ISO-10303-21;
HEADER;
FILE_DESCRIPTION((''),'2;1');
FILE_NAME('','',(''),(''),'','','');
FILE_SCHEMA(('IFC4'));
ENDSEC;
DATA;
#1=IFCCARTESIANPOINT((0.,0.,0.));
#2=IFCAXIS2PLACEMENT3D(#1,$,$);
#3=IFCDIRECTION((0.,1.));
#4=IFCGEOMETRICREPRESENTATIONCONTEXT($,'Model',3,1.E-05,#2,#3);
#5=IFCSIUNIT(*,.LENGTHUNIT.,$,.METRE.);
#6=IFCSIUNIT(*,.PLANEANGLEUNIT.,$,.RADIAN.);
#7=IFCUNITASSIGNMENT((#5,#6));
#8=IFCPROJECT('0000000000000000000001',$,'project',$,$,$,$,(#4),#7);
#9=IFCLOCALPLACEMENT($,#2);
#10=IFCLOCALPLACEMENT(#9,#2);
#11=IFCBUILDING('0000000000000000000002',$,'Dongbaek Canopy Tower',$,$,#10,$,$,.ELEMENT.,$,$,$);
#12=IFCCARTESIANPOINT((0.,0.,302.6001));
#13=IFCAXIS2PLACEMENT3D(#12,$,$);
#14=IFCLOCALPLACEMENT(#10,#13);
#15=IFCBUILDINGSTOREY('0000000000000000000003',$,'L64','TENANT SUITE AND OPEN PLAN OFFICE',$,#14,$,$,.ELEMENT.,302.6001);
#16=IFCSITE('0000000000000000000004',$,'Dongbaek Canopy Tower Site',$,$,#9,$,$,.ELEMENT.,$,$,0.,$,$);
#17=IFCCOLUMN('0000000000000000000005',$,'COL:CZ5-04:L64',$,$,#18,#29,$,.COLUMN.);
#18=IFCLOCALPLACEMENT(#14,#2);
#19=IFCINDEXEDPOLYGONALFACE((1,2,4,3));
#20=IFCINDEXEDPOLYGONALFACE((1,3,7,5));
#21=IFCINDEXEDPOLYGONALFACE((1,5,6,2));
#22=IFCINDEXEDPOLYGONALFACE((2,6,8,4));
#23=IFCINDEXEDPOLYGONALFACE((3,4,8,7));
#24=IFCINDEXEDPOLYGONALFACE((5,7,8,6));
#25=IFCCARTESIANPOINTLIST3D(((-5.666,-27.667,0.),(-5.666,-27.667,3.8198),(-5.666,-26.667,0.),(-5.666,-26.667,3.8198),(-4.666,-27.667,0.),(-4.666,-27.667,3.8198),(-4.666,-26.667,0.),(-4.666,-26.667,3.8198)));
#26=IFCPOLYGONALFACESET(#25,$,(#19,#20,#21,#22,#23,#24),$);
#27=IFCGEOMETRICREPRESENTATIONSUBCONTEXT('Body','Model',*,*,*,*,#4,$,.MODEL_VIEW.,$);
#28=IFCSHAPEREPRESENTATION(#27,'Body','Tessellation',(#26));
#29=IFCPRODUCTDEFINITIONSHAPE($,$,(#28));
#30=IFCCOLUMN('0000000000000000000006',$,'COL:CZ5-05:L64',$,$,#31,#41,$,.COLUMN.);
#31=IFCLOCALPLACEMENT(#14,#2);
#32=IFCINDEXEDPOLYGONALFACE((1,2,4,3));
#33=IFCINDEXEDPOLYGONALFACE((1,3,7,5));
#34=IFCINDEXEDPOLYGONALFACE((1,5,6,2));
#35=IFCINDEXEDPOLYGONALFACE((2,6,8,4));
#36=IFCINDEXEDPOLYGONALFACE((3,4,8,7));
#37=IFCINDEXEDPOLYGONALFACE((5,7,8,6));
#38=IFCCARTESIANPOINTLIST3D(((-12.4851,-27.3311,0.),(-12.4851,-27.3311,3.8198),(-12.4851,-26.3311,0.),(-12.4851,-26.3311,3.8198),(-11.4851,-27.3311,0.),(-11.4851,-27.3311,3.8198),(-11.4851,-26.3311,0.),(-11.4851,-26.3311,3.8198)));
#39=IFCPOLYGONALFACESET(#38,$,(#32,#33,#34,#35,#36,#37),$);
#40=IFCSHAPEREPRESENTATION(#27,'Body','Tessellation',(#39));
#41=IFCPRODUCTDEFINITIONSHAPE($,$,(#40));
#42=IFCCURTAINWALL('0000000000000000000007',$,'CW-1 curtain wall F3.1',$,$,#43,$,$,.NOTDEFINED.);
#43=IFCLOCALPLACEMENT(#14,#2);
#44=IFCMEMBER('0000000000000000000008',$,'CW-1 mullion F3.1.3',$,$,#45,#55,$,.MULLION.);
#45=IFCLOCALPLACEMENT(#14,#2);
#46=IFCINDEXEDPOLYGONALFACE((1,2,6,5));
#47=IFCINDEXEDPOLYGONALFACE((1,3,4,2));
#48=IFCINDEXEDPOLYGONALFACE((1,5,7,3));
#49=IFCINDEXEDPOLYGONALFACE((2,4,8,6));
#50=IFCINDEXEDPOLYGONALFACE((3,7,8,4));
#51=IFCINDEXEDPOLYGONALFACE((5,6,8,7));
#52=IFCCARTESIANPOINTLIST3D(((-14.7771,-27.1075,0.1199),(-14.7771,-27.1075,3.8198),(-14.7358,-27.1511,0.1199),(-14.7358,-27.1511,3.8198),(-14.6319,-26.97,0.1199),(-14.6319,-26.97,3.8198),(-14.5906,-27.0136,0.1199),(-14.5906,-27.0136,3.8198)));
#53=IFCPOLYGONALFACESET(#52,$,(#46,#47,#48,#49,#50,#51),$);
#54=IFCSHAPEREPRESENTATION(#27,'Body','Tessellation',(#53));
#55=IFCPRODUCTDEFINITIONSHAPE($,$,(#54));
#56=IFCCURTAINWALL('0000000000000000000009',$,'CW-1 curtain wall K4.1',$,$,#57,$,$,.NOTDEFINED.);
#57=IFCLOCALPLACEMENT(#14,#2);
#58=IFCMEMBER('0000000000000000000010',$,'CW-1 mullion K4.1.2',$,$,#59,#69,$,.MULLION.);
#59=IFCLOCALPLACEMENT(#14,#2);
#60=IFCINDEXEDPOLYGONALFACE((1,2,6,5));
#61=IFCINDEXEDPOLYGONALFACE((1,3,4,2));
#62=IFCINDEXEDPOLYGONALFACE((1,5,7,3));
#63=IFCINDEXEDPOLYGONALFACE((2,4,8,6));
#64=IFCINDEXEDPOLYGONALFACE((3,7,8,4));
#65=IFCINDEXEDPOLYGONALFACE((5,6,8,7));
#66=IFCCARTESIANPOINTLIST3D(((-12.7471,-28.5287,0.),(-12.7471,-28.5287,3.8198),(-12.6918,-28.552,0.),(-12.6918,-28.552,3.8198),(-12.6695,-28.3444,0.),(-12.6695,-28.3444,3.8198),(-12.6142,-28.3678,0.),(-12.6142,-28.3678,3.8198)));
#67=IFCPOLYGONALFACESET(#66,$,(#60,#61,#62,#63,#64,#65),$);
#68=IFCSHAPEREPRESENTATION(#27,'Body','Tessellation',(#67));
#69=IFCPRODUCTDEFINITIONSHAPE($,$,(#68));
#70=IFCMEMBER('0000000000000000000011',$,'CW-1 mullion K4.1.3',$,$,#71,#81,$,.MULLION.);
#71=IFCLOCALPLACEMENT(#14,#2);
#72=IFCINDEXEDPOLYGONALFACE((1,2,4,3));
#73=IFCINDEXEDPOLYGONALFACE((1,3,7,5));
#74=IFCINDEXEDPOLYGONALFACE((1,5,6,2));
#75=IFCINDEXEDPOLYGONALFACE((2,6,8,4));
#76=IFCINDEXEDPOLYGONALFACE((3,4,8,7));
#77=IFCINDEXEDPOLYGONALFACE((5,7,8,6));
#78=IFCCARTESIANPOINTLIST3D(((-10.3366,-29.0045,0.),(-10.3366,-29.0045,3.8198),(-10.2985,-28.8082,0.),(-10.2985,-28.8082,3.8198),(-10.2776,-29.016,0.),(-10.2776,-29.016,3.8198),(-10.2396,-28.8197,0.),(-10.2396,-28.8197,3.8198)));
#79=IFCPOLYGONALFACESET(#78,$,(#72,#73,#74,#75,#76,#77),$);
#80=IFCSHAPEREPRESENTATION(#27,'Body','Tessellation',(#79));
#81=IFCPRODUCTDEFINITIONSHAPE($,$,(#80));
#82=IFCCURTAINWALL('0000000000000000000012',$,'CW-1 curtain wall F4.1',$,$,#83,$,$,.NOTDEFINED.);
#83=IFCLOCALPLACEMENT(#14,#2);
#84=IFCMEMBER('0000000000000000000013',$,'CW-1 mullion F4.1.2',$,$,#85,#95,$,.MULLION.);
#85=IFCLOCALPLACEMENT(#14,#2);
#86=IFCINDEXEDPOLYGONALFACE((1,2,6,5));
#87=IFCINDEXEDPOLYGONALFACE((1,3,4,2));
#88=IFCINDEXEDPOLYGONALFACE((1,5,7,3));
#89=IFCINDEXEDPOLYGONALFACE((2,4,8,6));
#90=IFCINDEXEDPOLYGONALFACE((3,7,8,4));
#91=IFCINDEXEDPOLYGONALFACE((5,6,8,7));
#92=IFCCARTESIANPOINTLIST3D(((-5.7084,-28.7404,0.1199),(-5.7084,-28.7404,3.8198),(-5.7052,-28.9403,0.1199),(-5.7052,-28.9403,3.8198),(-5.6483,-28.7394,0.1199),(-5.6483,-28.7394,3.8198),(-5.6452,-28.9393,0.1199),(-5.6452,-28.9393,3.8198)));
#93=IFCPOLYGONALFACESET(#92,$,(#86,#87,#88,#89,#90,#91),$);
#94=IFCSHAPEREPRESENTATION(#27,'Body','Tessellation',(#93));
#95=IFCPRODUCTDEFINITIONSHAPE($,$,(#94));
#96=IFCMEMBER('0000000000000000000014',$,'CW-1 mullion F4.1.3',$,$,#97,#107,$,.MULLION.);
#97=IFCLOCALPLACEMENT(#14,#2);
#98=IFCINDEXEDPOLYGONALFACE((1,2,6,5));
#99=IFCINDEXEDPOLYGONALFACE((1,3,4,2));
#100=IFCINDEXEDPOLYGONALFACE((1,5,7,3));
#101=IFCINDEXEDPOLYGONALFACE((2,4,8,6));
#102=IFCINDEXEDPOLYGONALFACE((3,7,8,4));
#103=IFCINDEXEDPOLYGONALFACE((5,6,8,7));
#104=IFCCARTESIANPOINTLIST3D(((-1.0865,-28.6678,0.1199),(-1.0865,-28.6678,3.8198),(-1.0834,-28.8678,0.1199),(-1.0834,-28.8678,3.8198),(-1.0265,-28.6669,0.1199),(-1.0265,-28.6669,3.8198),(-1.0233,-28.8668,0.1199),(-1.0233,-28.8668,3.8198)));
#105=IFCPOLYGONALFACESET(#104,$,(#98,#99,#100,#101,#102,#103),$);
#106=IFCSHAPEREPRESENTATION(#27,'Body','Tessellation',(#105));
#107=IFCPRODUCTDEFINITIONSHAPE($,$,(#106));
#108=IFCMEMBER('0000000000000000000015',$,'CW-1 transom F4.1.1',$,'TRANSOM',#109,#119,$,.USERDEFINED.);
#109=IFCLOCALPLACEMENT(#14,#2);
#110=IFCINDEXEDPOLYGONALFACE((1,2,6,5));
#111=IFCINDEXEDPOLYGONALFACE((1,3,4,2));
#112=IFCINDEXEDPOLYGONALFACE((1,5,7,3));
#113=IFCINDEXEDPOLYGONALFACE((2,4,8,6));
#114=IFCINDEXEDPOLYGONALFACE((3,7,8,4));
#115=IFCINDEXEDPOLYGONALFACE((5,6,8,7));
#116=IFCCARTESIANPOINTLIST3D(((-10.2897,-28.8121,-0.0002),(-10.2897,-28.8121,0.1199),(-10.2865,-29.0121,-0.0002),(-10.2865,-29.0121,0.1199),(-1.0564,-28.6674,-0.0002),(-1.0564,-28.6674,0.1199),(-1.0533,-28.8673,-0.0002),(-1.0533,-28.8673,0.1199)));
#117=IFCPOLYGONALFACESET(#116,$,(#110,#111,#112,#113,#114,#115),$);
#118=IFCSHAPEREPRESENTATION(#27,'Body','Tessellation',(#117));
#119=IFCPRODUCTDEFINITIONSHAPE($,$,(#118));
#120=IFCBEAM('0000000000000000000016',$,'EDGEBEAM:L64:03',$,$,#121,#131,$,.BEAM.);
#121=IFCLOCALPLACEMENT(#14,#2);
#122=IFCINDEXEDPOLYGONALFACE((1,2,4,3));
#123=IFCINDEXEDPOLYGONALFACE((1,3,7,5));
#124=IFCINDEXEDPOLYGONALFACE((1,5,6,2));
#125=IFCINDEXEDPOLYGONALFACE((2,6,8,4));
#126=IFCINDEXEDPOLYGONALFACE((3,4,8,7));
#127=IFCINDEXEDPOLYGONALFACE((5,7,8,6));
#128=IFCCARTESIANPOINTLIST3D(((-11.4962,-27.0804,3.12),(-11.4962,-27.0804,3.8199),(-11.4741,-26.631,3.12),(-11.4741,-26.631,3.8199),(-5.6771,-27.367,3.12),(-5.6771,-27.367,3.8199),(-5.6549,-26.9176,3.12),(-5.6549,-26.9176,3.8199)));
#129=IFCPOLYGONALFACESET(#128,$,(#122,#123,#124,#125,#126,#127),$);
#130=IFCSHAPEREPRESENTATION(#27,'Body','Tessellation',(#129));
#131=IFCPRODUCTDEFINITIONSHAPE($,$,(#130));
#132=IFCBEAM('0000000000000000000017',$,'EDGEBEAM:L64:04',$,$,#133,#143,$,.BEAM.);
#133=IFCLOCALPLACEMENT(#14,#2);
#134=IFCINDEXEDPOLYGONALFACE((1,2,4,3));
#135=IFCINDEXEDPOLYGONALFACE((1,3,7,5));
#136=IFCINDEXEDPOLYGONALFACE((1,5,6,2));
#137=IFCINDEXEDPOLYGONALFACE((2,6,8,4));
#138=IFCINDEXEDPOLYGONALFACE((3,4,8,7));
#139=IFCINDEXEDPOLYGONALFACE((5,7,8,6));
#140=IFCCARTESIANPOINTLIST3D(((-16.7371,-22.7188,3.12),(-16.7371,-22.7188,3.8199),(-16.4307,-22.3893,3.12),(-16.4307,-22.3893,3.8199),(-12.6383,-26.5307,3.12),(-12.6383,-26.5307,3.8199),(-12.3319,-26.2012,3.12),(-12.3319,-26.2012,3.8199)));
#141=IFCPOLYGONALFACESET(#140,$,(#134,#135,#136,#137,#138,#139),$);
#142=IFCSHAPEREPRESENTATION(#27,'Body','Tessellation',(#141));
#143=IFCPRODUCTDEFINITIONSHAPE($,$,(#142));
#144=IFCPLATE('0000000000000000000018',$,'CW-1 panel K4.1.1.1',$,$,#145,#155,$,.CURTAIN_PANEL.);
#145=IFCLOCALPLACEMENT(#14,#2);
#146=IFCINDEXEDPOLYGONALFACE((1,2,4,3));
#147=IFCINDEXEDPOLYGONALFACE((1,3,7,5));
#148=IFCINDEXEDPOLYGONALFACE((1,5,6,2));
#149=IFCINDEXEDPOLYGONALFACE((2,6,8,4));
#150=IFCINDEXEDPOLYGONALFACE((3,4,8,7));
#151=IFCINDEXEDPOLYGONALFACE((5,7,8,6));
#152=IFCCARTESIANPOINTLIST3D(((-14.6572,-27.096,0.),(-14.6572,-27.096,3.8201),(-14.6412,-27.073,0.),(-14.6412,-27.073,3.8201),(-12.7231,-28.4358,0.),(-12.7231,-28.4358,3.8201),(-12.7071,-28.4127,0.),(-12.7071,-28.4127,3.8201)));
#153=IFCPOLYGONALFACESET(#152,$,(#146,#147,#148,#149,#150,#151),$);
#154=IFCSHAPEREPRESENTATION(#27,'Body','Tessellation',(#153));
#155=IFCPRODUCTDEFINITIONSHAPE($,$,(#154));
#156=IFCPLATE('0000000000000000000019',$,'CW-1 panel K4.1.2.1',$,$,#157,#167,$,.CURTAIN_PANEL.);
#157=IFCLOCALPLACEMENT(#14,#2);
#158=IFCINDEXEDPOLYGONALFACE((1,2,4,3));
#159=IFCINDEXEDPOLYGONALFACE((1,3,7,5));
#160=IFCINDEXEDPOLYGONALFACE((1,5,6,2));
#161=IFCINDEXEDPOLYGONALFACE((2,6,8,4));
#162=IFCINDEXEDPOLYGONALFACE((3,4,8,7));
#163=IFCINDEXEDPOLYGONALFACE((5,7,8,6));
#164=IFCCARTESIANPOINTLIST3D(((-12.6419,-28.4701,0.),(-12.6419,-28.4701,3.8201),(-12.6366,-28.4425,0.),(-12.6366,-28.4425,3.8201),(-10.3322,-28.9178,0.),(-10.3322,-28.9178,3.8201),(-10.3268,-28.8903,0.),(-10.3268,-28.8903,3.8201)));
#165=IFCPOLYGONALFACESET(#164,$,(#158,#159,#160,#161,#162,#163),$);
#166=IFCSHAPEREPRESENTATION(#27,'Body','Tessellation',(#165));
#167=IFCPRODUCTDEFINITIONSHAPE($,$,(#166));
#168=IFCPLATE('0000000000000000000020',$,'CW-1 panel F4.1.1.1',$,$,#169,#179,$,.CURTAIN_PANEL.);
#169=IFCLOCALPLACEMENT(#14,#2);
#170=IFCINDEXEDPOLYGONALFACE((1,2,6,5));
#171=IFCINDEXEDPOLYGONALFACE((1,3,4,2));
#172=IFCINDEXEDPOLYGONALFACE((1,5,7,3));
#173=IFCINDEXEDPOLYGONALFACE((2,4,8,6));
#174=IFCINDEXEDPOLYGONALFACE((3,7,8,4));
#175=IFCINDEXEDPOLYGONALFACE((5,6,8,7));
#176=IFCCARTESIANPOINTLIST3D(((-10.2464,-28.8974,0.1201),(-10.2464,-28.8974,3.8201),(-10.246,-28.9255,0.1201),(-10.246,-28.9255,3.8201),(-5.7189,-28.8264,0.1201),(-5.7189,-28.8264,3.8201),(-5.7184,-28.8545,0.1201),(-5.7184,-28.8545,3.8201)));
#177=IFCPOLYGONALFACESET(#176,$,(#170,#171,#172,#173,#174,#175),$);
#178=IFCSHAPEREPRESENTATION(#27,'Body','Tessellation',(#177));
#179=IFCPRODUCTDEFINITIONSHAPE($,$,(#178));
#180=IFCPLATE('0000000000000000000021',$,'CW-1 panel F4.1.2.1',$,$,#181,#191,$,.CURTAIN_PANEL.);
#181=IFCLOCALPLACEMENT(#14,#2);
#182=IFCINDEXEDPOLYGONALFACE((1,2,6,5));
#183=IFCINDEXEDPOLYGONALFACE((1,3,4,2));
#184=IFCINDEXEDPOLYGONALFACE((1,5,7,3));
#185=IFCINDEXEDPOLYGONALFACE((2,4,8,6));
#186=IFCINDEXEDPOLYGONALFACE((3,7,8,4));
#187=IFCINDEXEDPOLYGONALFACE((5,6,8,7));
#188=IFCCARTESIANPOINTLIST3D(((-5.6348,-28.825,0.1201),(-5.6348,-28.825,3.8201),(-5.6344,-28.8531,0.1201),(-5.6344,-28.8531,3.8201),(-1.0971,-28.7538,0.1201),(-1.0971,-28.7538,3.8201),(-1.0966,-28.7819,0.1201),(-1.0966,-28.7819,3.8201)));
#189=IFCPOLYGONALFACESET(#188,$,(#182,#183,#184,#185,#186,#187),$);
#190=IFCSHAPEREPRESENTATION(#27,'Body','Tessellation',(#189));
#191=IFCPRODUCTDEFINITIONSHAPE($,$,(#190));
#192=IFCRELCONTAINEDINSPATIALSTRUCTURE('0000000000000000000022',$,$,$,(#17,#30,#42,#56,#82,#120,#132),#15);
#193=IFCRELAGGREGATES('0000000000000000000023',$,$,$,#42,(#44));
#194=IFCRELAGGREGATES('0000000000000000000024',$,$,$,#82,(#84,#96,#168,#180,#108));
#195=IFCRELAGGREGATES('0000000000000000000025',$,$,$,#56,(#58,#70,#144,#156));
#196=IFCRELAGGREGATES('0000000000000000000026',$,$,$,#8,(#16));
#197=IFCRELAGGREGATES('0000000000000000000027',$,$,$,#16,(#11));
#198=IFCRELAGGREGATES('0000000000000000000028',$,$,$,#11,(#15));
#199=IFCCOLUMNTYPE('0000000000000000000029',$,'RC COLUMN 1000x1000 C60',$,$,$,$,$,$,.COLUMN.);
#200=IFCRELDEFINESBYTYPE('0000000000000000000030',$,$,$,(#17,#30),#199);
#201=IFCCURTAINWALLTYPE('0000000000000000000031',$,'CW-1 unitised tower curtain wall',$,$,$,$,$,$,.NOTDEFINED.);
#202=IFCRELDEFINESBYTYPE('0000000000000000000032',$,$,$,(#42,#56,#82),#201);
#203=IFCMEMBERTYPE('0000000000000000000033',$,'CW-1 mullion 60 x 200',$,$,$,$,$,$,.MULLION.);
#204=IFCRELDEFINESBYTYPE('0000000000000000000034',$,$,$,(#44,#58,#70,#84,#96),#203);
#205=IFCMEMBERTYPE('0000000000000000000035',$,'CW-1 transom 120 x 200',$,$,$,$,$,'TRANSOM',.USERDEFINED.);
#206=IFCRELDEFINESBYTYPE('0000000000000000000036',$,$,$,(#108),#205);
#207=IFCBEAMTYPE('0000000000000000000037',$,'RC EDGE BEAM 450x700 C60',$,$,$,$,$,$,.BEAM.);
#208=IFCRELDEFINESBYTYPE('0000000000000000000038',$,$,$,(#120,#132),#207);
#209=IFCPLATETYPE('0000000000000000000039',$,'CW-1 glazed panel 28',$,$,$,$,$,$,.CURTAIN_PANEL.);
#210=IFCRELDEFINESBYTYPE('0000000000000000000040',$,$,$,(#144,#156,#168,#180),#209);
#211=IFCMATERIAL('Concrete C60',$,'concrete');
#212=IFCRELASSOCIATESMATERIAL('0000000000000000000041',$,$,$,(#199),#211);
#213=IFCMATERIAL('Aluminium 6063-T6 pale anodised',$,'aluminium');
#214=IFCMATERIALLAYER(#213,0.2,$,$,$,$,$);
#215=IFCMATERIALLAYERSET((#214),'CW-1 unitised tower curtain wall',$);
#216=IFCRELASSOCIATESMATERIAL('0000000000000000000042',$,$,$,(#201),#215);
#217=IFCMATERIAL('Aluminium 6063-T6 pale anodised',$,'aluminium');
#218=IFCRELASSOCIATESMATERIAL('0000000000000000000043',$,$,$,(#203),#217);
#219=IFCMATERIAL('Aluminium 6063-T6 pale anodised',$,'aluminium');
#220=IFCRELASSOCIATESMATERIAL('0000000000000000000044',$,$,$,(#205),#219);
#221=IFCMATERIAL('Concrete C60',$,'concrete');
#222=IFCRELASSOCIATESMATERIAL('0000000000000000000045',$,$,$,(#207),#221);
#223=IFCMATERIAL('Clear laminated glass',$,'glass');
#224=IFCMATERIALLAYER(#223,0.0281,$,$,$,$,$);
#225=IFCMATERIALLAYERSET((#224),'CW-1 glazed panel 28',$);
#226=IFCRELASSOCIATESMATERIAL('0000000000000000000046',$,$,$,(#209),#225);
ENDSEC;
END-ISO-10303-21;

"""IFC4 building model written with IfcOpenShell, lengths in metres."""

from ifc_helpers import new_model, si_unit, direction, frame, origin, origin_2d, place, context, subcontext, project, spatial, rectangle, extrude, material, layer, layer_set, material_profile, profile_set, type_object, element, aggregate, save


model = new_model("IFC4")

# Units and contexts
model_context = context("Model", 3, precision=1e-05, world=origin(), true_north=direction((0.0, 1.0)))
body_context = subcontext(model_context, "Body", "Model", "MODEL_VIEW")
ifc_project = project(units=[si_unit("LENGTHUNIT", "METRE"), si_unit("PLANEANGLEUNIT", "RADIAN")], contexts=[model_context])

# Site, building, storey
site_placement = place(None, origin())
site = spatial("IfcSite", under=ifc_project, at=site_placement, Name="Dongbaek Canopy Tower Site", CompositionType="ELEMENT", RefElevation=0.0)
building_placement = place(site_placement, origin())
building = spatial("IfcBuilding", under=site, at=building_placement, Name="Dongbaek Canopy Tower", CompositionType="ELEMENT")
storey_placement = place(building_placement, frame((0.0, 0.0, 302.6001)))
storey = spatial("IfcBuildingStorey", under=building, at=storey_placement, Name="L64", Description="TENANT SUITE AND OPEN PLAN OFFICE", CompositionType="ELEMENT", Elevation=302.6001)

# Columns
ifc_material_1 = material(Name="Concrete C60", Category="concrete")
ifc_material_profile_1 = material_profile(ifc_material_1, rectangle(XDim=1.0, YDim=1.0, at=origin_2d()), Name="RC COLUMN 1000x1000 C60")
ifc_profile_set_1 = profile_set([ifc_material_profile_1], Name="Concrete C60")
column_type = type_object("IfcColumnType", Name="RC COLUMN 1000x1000 C60", PredefinedType="COLUMN", material=ifc_profile_set_1)
for number, where, z_axis, x_axis, name in (
    (1, (-5.166, -27.167, 0.0), (0.0, 0.0, 1.0), (1.0, 0.0, 0.0), "COL:CZ5-04:L64"),
    (2, (-11.9851, -26.8311, 0.0), (0.0, 0.0, 1.0), (1.0, 0.0, 0.0), "COL:CZ5-05:L64"),
):
    element("IfcColumn", number, at=place(storey_placement, frame(where, z_axis=z_axis, x_axis=x_axis)), inside=storey, type_object=column_type, Name=name, PredefinedType="COLUMN", context=body_context, shape_type="SweptSolid", body=[
        extrude(rectangle(XDim=1.0, YDim=1.0, at=origin_2d()), origin(), (0.0, 0.0, 1.0), 3.8198),
    ])

# Curtain wall, member
ifc_material_2 = material(Name="Aluminium 6063-T6 pale anodised", Category="aluminium")
ifc_layer_1 = layer(ifc_material_2, 0.2)
ifc_layer_set_1 = layer_set([ifc_layer_1], Name="CW-1 unitised tower curtain wall")
curtain_wall_type = type_object("IfcCurtainWallType", Name="CW-1 unitised tower curtain wall", PredefinedType="NOTDEFINED", material=ifc_layer_set_1)
curtain_wall_1_placement = place(storey_placement, origin())
curtain_wall_1 = element("IfcCurtainWall", 3, at=curtain_wall_1_placement, inside=storey, type_object=curtain_wall_type, Name="CW-1 curtain wall F3.1", PredefinedType="NOTDEFINED")
ifc_material_3 = material(Name="Aluminium 6063-T6 pale anodised", Category="aluminium")
ifc_material_profile_2 = material_profile(ifc_material_3, rectangle(XDim=0.2, YDim=0.0601, at=origin_2d()), Name="CW-1 mullion 60 x 200")
ifc_profile_set_2 = profile_set([ifc_material_profile_2], Name="Aluminium 6063-T6 pale anodised")
member_type_1 = type_object("IfcMemberType", Name="CW-1 mullion 60 x 200", PredefinedType="MULLION", material=ifc_profile_set_2)
member_1_placement = place(storey_placement, frame((-14.6838, -27.0605, 0.1199), z_axis=(0.0, 0.0, 1.0), x_axis=(-0.726355, -0.68732, 0.0)))
member_1 = element("IfcMember", 4, at=member_1_placement, type_object=member_type_1, Name="CW-1 mullion F3.1.3", PredefinedType="MULLION", context=body_context, shape_type="SweptSolid", body=[
    extrude(rectangle(XDim=0.2, YDim=0.0601, at=origin_2d()), origin(), (0.0, 0.0, 1.0), 3.7),
])
aggregate(curtain_wall_1, [member_1])

# Curtain walls, members
curtain_wall_2_placement = place(storey_placement, origin())
curtain_wall_2 = element("IfcCurtainWall", 5, at=curtain_wall_2_placement, inside=storey, type_object=curtain_wall_type, Name="CW-1 curtain wall K4.1", PredefinedType="NOTDEFINED")
member_2_placement = place(storey_placement, frame((-12.6807, -28.4482, 0.0), z_axis=(0.0, 0.0, 1.0), x_axis=(-0.388183, -0.921582, 0.0)))
member_2 = element("IfcMember", 6, at=member_2_placement, type_object=member_type_1, Name="CW-1 mullion K4.1.2", PredefinedType="MULLION", context=body_context, shape_type="SweptSolid", body=[
    extrude(rectangle(XDim=0.2, YDim=0.0601, at=origin_2d()), origin(), (0.0, 0.0, 1.0), 3.8198),
])
member_3_placement = place(storey_placement, frame((-10.2881, -28.9121, 0.0), z_axis=(0.0, 0.0, 1.0), x_axis=(-0.190319, -0.981722, 0.0)))
member_3 = element("IfcMember", 7, at=member_3_placement, type_object=member_type_1, Name="CW-1 mullion K4.1.3", PredefinedType="MULLION", context=body_context, shape_type="SweptSolid", body=[
    extrude(rectangle(XDim=0.2, YDim=0.0601, at=origin_2d()), origin(), (0.0, 0.0, 1.0), 3.8198),
])
curtain_wall_3_placement = place(storey_placement, origin())
curtain_wall_3 = element("IfcCurtainWall", 8, at=curtain_wall_3_placement, inside=storey, type_object=curtain_wall_type, Name="CW-1 curtain wall F4.1", PredefinedType="NOTDEFINED")
member_4_placement = place(storey_placement, frame((-5.6768, -28.8398, 0.1199), z_axis=(0.0, 0.0, 1.0), x_axis=(0.015684, -0.999877, 0.0)))
member_4 = element("IfcMember", 9, at=member_4_placement, type_object=member_type_1, Name="CW-1 mullion F4.1.2", PredefinedType="MULLION", context=body_context, shape_type="SweptSolid", body=[
    extrude(rectangle(XDim=0.2, YDim=0.0601, at=origin_2d()), origin(), (0.0, 0.0, 1.0), 3.7),
])
member_5_placement = place(storey_placement, frame((-1.0549, -28.7673, 0.1199), z_axis=(0.0, 0.0, 1.0), x_axis=(0.015684, -0.999877, 0.0)))
member_5 = element("IfcMember", 10, at=member_5_placement, type_object=member_type_1, Name="CW-1 mullion F4.1.3", PredefinedType="MULLION", context=body_context, shape_type="SweptSolid", body=[
    extrude(rectangle(XDim=0.2, YDim=0.0601, at=origin_2d()), origin(), (0.0, 0.0, 1.0), 3.7),
])
ifc_material_4 = material(Name="Aluminium 6063-T6 pale anodised", Category="aluminium")
ifc_material_profile_3 = material_profile(ifc_material_4, rectangle(XDim=0.2, YDim=0.1201, at=origin_2d()), Name="CW-1 transom 120 x 200")
ifc_profile_set_3 = profile_set([ifc_material_profile_3], Name="Aluminium 6063-T6 pale anodised")
member_type_2 = type_object("IfcMemberType", Name="CW-1 transom 120 x 200", ElementType="TRANSOM", PredefinedType="USERDEFINED", material=ifc_profile_set_3)
member_6_placement = place(storey_placement, frame((-10.2881, -28.9121, 0.0598), z_axis=(0.999877, 0.015678, 0.0), x_axis=(-0.015678, 0.999877, 0.0)))
member_6 = element("IfcMember", 11, at=member_6_placement, type_object=member_type_2, Name="CW-1 transom F4.1.1", ObjectType="TRANSOM", PredefinedType="USERDEFINED", context=body_context, shape_type="SweptSolid", body=[
    extrude(rectangle(XDim=0.2, YDim=0.1201, at=origin_2d()), origin(), (0.0, 0.0, 1.0), 9.2344),
])

# Beams
ifc_material_5 = material(Name="Concrete C60", Category="concrete")
ifc_material_profile_4 = material_profile(ifc_material_5, rectangle(XDim=0.45, YDim=0.7, at=origin_2d()), Name="RC EDGE BEAM 450x700 C60")
ifc_profile_set_4 = profile_set([ifc_material_profile_4], Name="Concrete C60")
beam_type = type_object("IfcBeamType", Name="RC EDGE BEAM 450x700 C60", PredefinedType="BEAM", material=ifc_profile_set_4)
beam_1_placement = place(storey_placement, frame((-5.666, -27.1423, 3.47), z_axis=(-0.998789, 0.049196, 0.0), x_axis=(-0.049196, -0.998789, 0.0)))
element("IfcBeam", 12, at=beam_1_placement, inside=storey, type_object=beam_type, Name="EDGEBEAM:L64:03", PredefinedType="BEAM", context=body_context, shape_type="SweptSolid", body=[
    extrude(rectangle(XDim=0.45, YDim=0.7, at=origin_2d()), origin(), (0.0, 0.0, 1.0), 5.8262),
])
beam_2_placement = place(storey_placement, frame((-12.4851, -26.366, 3.47), z_axis=(-0.732267, 0.681018, 0.0), x_axis=(-0.681018, -0.732267, 0.0)))
element("IfcBeam", 13, at=beam_2_placement, inside=storey, type_object=beam_type, Name="EDGEBEAM:L64:04", PredefinedType="BEAM", context=body_context, shape_type="SweptSolid", body=[
    extrude(rectangle(XDim=0.45, YDim=0.7, at=origin_2d()), origin(), (0.0, 0.0, 1.0), 5.5974),
])

# Plates
ifc_material_6 = material(Name="Clear laminated glass", Category="glass")
ifc_layer_2 = layer(ifc_material_6, 0.0281)
ifc_layer_set_2 = layer_set([ifc_layer_2], Name="CW-1 glazed panel 28")
plate_type = type_object("IfcPlateType", Name="CW-1 glazed panel 28", PredefinedType="CURTAIN_PANEL", material=ifc_layer_set_2)
plate_1_placement = place(storey_placement, frame((-13.6821, -27.7544, 0.0), z_axis=(0.0, 0.0, 1.0), x_axis=(0.822029, -0.569446, 0.0)))
plate_1 = element("IfcPlate", 14, at=plate_1_placement, type_object=plate_type, Name="CW-1 panel K4.1.1.1", PredefinedType="CURTAIN_PANEL", context=body_context, shape_type="SweptSolid", body=[
    extrude(rectangle(XDim=2.3528, YDim=0.0281, at=origin_2d()), origin(), (0.0, 0.0, 1.0), 3.8201),
])
plate_2_placement = place(storey_placement, frame((-11.4844, -28.6802, 0.0), z_axis=(0.0, 0.0, 1.0), x_axis=(0.981722, -0.190319, 0.0)))
plate_2 = element("IfcPlate", 15, at=plate_2_placement, type_object=plate_type, Name="CW-1 panel K4.1.2.1", PredefinedType="CURTAIN_PANEL", context=body_context, shape_type="SweptSolid", body=[
    extrude(rectangle(XDim=2.3528, YDim=0.0281, at=origin_2d()), origin(), (0.0, 0.0, 1.0), 3.8201),
])
plate_3_placement = place(storey_placement, frame((-7.9824, -28.876, 0.1201), z_axis=(0.0, 0.0, 1.0), x_axis=(0.999877, 0.015684, 0.0)))
plate_3 = element("IfcPlate", 16, at=plate_3_placement, type_object=plate_type, Name="CW-1 panel F4.1.1.1", PredefinedType="CURTAIN_PANEL", context=body_context, shape_type="SweptSolid", body=[
    extrude(rectangle(XDim=4.5281, YDim=0.0281, at=origin_2d()), origin(), (0.0, 0.0, 1.0), 3.7),
])
plate_4_placement = place(storey_placement, frame((-3.3657, -28.8035, 0.1201), z_axis=(0.0, 0.0, 1.0), x_axis=(0.999877, 0.015684, 0.0)))
plate_4 = element("IfcPlate", 17, at=plate_4_placement, type_object=plate_type, Name="CW-1 panel F4.1.2.1", PredefinedType="CURTAIN_PANEL", context=body_context, shape_type="SweptSolid", body=[
    extrude(rectangle(XDim=4.5383, YDim=0.0281, at=origin_2d()), origin(), (0.0, 0.0, 1.0), 3.7),
])

aggregate(curtain_wall_3, [member_4, member_5, plate_3, plate_4, member_6])
aggregate(curtain_wall_2, [member_2, member_3, plate_1, plate_2])

save(model, "model.ifc")
